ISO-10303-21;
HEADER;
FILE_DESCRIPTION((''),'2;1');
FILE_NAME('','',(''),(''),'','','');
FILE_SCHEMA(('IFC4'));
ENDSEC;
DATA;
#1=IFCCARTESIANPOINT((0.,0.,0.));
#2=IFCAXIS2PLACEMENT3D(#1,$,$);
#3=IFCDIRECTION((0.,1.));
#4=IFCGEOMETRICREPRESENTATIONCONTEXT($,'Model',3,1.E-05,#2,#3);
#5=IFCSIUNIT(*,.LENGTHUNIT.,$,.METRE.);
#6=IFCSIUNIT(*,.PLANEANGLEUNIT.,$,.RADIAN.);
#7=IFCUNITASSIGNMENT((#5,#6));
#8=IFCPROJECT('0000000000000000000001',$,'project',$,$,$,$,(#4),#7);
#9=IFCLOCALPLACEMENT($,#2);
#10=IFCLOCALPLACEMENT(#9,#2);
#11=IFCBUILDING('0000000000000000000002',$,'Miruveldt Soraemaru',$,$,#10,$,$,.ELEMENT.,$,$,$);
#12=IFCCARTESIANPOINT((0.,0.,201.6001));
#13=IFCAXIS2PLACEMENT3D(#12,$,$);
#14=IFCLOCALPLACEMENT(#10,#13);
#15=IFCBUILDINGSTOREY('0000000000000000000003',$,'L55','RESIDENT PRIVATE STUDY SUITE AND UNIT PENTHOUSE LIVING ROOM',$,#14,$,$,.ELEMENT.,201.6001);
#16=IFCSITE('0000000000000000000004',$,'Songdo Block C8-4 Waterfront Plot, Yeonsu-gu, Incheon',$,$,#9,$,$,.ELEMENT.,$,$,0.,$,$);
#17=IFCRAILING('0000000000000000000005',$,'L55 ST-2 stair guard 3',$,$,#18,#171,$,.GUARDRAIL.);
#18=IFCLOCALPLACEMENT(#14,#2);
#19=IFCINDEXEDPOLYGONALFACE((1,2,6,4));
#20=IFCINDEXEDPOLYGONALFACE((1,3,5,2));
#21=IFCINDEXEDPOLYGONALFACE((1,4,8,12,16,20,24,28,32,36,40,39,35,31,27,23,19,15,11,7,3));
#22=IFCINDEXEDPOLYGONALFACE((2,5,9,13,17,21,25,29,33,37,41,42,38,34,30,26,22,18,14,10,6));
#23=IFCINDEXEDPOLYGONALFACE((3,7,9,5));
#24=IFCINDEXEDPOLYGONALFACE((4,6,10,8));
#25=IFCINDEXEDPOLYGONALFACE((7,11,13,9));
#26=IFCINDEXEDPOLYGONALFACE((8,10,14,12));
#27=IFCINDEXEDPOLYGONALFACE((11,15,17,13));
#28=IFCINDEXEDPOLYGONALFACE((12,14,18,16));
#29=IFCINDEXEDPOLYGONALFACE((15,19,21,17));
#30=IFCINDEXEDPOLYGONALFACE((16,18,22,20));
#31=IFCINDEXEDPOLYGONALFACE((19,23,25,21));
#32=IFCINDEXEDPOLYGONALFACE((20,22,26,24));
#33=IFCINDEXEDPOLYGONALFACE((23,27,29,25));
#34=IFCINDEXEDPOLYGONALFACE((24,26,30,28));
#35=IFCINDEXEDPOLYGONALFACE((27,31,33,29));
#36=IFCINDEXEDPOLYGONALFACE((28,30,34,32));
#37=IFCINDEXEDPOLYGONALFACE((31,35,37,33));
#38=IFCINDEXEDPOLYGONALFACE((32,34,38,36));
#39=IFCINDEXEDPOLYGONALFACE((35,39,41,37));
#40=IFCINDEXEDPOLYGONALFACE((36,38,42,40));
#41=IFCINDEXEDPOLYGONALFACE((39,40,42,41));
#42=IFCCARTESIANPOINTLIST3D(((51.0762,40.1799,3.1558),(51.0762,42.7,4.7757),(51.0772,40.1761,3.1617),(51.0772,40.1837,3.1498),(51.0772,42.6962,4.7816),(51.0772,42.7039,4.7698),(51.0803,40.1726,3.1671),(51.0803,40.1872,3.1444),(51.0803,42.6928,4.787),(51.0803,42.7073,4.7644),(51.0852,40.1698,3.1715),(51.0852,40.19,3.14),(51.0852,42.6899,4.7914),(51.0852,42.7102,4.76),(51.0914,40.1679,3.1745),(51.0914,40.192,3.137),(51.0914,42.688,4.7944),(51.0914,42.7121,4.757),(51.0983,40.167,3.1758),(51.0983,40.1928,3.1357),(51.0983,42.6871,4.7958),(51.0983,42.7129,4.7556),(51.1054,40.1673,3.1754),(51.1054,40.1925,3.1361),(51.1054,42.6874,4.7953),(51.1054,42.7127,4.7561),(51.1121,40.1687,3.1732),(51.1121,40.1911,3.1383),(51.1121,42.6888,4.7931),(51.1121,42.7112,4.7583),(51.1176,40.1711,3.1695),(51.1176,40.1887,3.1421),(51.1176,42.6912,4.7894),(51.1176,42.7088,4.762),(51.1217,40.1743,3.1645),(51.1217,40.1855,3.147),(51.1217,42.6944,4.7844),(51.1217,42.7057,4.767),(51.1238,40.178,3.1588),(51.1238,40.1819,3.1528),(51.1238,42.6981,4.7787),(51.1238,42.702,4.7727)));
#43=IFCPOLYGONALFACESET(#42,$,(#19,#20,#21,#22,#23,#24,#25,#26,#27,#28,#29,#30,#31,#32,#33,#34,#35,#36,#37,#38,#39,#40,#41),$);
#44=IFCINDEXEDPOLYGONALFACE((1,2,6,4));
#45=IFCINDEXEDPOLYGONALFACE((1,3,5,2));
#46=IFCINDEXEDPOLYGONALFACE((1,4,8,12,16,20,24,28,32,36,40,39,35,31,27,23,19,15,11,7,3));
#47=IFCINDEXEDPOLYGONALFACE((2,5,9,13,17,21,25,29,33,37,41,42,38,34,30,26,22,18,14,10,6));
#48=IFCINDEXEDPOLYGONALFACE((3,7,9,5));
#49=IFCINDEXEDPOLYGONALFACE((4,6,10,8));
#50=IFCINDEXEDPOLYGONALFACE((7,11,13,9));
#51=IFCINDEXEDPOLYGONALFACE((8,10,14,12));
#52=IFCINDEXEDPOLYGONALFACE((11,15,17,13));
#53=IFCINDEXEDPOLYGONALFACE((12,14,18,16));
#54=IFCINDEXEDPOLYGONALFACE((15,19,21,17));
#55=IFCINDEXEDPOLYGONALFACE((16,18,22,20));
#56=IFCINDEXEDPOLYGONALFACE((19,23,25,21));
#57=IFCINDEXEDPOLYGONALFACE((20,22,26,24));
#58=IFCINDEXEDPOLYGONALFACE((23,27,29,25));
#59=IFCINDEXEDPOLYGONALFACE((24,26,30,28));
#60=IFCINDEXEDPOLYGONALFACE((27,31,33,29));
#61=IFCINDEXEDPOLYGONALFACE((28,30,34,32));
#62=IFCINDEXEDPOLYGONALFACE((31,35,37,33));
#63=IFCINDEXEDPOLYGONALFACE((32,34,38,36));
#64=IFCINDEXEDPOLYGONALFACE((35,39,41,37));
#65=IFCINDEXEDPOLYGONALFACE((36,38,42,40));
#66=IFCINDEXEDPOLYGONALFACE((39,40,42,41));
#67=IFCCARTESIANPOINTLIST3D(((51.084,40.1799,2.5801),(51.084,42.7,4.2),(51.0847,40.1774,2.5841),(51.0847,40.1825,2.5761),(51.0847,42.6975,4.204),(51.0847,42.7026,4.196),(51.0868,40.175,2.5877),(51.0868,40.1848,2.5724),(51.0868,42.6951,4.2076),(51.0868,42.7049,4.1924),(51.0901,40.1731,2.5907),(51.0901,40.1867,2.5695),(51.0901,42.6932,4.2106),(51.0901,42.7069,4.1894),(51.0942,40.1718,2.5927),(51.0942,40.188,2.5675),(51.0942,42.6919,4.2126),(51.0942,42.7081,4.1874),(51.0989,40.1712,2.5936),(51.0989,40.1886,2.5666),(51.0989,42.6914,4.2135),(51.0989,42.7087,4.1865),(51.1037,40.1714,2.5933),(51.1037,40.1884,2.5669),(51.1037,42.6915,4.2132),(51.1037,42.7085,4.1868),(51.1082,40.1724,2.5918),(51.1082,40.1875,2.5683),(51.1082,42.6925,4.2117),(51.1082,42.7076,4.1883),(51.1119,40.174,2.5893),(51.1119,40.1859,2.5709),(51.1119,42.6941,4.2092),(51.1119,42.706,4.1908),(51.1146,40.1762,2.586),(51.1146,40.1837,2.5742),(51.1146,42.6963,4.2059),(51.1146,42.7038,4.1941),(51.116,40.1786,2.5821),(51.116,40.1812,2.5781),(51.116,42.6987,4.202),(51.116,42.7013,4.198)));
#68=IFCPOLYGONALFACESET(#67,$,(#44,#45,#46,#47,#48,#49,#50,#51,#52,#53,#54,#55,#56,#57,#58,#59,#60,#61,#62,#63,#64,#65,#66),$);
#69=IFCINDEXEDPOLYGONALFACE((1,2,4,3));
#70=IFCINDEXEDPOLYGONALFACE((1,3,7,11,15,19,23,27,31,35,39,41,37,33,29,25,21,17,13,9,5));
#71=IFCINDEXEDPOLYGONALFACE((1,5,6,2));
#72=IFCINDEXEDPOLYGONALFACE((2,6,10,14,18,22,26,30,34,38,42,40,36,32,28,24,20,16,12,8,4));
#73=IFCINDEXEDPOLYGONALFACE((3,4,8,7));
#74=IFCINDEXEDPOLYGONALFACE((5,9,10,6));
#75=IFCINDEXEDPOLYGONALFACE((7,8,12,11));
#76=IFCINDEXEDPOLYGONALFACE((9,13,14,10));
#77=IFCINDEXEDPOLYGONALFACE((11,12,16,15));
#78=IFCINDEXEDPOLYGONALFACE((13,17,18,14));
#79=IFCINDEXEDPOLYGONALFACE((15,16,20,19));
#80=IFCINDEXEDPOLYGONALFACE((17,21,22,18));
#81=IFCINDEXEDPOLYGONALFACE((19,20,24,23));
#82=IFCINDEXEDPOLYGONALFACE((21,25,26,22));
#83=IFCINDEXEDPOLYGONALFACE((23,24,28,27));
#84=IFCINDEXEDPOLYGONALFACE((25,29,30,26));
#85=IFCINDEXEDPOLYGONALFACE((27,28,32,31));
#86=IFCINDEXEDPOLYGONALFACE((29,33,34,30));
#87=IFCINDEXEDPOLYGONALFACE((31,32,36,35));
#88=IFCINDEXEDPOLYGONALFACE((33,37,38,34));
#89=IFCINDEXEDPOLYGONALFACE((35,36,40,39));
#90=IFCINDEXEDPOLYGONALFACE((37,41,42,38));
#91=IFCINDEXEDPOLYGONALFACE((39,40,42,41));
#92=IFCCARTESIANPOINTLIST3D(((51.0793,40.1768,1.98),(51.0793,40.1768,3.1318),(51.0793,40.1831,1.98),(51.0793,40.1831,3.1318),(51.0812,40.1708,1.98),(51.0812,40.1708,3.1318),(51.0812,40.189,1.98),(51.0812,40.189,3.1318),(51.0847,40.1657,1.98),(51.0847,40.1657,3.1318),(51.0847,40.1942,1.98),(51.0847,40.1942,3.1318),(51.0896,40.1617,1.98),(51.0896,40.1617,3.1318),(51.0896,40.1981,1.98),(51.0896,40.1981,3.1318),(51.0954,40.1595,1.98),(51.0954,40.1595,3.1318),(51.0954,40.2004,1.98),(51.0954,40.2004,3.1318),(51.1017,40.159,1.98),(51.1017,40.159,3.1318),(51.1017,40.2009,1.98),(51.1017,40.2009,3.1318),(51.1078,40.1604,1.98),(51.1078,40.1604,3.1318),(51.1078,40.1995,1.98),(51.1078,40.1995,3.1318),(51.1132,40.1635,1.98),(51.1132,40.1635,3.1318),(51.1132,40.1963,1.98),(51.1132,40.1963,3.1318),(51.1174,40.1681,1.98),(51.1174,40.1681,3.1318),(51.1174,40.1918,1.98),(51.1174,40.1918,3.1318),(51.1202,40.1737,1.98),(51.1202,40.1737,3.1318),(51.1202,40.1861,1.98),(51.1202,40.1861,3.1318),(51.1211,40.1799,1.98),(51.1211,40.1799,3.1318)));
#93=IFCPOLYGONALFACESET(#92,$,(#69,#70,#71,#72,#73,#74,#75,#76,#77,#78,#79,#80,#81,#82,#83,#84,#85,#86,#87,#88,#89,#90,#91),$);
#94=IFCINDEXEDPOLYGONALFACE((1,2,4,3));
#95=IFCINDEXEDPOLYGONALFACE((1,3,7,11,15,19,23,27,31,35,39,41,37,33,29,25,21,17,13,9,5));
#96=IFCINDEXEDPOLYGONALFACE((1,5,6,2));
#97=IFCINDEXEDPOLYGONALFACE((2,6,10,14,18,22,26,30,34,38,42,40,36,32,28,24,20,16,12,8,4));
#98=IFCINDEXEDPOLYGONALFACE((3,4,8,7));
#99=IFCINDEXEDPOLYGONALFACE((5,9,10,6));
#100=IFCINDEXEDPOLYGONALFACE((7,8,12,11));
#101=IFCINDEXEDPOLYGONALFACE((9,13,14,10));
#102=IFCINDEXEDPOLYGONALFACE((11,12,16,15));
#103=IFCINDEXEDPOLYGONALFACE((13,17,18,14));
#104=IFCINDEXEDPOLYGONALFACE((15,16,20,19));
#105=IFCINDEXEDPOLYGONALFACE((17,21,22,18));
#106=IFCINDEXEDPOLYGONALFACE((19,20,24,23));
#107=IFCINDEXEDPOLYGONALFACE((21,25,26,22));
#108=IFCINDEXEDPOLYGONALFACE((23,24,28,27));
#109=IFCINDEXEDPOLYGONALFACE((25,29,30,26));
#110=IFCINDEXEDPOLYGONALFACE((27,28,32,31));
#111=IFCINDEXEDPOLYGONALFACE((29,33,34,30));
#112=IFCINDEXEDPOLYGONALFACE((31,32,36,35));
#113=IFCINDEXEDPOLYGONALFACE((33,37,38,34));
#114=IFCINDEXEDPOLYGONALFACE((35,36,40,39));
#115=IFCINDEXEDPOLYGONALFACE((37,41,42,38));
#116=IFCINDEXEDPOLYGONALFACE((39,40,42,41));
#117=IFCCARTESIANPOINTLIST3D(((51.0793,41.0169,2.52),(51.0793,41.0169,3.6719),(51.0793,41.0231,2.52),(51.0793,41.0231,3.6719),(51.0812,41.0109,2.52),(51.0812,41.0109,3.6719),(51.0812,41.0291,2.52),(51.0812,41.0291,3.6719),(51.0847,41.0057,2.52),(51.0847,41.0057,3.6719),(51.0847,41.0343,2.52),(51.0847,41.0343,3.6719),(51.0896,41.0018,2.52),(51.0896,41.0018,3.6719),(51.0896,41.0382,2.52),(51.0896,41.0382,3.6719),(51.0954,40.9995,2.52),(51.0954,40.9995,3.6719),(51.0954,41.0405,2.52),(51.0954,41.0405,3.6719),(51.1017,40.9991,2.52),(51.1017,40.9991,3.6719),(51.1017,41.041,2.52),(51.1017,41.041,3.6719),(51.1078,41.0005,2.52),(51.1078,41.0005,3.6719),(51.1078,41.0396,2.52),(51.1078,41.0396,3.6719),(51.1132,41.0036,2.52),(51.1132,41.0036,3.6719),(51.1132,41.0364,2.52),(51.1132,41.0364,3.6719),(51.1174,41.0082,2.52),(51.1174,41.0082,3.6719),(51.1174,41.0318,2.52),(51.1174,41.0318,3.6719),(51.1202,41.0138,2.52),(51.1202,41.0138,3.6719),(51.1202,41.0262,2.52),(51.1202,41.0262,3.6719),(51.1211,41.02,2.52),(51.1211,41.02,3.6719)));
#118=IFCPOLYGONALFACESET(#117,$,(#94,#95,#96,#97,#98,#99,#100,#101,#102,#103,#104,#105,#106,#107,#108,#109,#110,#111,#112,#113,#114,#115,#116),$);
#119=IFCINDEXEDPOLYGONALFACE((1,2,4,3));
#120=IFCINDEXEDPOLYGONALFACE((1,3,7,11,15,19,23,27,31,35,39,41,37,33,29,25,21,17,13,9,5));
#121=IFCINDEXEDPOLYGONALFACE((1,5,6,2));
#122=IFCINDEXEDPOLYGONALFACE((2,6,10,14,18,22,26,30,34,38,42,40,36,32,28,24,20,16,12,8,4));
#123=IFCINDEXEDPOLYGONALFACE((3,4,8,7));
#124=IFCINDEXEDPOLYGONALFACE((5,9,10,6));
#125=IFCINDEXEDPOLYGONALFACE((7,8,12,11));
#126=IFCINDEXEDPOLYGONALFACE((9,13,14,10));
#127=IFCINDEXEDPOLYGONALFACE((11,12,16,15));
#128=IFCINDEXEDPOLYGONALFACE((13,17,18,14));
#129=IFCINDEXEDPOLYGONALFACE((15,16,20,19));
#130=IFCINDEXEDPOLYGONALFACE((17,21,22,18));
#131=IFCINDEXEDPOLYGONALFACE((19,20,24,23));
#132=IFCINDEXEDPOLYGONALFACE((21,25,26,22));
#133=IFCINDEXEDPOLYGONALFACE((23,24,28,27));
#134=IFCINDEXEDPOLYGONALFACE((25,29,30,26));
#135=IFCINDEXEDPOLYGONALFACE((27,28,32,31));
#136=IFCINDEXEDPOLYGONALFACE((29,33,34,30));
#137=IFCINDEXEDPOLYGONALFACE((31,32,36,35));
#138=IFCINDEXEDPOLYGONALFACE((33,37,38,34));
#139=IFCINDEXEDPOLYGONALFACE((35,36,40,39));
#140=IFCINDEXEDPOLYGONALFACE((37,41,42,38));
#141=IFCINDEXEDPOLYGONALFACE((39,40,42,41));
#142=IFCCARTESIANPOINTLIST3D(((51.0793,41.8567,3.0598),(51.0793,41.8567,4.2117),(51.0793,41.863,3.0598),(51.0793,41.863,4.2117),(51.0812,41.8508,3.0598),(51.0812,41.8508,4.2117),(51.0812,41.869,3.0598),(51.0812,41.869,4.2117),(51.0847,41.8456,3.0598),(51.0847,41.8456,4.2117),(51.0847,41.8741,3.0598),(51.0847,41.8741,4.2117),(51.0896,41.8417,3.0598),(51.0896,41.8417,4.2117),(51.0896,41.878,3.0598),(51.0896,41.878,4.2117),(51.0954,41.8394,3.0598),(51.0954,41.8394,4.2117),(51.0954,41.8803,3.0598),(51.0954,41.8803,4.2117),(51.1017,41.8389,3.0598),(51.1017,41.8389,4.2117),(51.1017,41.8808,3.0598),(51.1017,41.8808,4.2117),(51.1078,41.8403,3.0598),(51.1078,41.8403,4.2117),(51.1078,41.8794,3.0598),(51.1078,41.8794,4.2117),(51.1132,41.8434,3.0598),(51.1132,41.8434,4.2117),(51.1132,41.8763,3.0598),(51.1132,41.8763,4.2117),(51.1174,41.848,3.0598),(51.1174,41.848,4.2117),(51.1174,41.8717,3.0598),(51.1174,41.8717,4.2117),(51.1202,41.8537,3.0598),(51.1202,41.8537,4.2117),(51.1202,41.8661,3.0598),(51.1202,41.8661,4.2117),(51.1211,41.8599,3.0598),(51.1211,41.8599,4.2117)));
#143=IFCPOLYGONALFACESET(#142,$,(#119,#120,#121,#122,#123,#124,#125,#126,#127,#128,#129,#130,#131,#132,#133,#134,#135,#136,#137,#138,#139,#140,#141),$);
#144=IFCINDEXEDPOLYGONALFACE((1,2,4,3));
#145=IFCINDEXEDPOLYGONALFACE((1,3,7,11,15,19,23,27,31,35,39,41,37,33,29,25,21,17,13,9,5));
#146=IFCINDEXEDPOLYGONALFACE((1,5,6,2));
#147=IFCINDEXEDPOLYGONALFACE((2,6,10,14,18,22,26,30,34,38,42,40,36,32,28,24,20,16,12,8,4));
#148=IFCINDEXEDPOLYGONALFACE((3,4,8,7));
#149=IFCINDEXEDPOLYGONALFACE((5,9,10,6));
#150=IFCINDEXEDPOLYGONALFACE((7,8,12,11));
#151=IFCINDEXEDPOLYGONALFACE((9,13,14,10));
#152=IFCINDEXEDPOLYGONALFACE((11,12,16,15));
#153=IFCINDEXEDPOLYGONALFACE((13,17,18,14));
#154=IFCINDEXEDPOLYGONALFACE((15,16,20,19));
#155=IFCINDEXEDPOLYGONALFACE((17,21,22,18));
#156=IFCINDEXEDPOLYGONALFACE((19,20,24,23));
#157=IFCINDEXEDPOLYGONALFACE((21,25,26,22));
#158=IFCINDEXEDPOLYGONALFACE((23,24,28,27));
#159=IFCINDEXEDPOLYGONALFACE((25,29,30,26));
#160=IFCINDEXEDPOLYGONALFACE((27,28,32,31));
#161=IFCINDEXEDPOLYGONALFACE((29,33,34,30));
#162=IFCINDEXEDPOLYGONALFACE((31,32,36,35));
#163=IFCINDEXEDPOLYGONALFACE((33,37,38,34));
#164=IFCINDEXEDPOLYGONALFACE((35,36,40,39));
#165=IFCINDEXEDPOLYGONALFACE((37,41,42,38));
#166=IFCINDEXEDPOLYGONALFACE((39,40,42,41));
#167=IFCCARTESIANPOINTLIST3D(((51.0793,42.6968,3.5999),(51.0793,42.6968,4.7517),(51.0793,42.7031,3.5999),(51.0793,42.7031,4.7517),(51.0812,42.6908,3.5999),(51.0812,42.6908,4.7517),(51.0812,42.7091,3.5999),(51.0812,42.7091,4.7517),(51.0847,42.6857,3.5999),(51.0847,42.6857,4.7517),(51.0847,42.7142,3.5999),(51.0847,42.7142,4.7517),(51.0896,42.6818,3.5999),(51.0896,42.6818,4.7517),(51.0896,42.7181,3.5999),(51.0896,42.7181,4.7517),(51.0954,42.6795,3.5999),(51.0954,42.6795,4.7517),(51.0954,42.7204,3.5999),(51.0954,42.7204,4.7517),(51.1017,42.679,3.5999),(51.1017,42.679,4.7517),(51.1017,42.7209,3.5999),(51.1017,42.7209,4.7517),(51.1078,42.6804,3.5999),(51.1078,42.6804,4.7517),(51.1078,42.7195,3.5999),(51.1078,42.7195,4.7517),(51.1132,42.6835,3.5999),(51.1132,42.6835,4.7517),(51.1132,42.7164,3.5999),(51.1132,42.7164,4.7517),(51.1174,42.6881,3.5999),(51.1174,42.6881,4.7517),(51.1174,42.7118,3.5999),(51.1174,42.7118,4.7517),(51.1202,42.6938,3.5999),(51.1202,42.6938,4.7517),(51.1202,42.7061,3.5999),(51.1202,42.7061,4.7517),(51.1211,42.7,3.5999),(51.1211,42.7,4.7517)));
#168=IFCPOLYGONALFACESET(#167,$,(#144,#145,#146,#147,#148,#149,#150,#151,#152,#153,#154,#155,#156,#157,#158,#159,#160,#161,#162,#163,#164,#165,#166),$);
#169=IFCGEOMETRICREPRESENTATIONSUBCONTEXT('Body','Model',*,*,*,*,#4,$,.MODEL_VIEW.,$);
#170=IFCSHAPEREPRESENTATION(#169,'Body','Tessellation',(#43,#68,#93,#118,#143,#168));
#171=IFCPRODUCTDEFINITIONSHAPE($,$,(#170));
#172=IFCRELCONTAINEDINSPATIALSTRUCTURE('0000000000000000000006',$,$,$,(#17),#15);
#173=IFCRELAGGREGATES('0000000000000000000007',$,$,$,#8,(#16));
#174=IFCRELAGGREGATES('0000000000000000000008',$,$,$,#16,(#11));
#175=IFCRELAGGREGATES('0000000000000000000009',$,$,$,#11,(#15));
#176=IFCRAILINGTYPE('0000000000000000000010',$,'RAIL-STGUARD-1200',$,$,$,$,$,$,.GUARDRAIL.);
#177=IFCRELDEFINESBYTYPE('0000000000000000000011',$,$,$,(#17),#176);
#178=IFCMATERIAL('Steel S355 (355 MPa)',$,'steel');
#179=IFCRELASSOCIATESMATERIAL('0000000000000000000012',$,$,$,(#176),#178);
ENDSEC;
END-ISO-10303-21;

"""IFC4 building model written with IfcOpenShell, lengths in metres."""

from ifc_helpers import new_model, si_unit, direction, frame, origin, origin_2d, place, context, subcontext, project, spatial, circle, extrude, material, type_object, element, save


model = new_model("IFC4")

# Units and contexts
model_context = context("Model", 3, precision=1e-05, world=origin(), true_north=direction((0.0, 1.0)))
body_context = subcontext(model_context, "Body", "Model", "MODEL_VIEW")
ifc_project = project(units=[si_unit("LENGTHUNIT", "METRE"), si_unit("PLANEANGLEUNIT", "RADIAN")], contexts=[model_context])

# Site, building, storey
site_placement = place(None, origin())
site = spatial("IfcSite", under=ifc_project, at=site_placement, Name="Songdo Block C8-4 Waterfront Plot, Yeonsu-gu, Incheon", CompositionType="ELEMENT", RefElevation=0.0)
building_placement = place(site_placement, origin())
building = spatial("IfcBuilding", under=site, at=building_placement, Name="Miruveldt Soraemaru", CompositionType="ELEMENT")
storey_placement = place(building_placement, frame((0.0, 0.0, 201.6001)))
storey = spatial("IfcBuildingStorey", under=building, at=storey_placement, Name="L55", Description="RESIDENT PRIVATE STUDY SUITE AND UNIT PENTHOUSE LIVING ROOM", CompositionType="ELEMENT", Elevation=201.6001)

# Railing
ifc_material_1 = material(Name="Steel S355 (355 MPa)", Category="steel")
railing_type = type_object("IfcRailingType", Name="RAIL-STGUARD-1200", PredefinedType="GUARDRAIL", material=ifc_material_1)
railing_1_placement = place(storey_placement, frame((51.1001, 40.1799, 1.98)))
element("IfcRailing", 1, at=railing_1_placement, inside=storey, type_object=railing_type, Name="L55 ST-2 stair guard 3", PredefinedType="GUARDRAIL", context=body_context, shape_type="SweptSolid", body=[
    extrude(circle(Radius=0.0239, at=origin_2d()), frame((0.0, 0.0, 1.1758), z_axis=(0.0, 0.8412, 0.540725), x_axis=(-1.0, 0.0, 0.0)), (0.0, 0.0, 1.0), 2.9958),
    extrude(circle(Radius=0.0161, at=origin_2d()), frame((0.0, 0.0, 0.6001), z_axis=(0.0, 0.8412, 0.540725), x_axis=(-1.0, 0.0, 0.0)), (0.0, 0.0, 1.0), 2.9958),
    extrude(circle(Radius=0.021, at=origin_2d()), origin(), (0.0, 0.0, 1.0), 1.1519),
    extrude(circle(Radius=0.021, at=origin_2d()), frame((0.0, 0.8401, 0.54)), (0.0, 0.0, 1.0), 1.1519),
    extrude(circle(Radius=0.021, at=origin_2d()), frame((0.0, 1.6799, 1.0798)), (0.0, 0.0, 1.0), 1.1519),
    extrude(circle(Radius=0.021, at=origin_2d()), frame((0.0, 2.52, 1.6199)), (0.0, 0.0, 1.0), 1.1519),
])

save(model, "model.ifc")
